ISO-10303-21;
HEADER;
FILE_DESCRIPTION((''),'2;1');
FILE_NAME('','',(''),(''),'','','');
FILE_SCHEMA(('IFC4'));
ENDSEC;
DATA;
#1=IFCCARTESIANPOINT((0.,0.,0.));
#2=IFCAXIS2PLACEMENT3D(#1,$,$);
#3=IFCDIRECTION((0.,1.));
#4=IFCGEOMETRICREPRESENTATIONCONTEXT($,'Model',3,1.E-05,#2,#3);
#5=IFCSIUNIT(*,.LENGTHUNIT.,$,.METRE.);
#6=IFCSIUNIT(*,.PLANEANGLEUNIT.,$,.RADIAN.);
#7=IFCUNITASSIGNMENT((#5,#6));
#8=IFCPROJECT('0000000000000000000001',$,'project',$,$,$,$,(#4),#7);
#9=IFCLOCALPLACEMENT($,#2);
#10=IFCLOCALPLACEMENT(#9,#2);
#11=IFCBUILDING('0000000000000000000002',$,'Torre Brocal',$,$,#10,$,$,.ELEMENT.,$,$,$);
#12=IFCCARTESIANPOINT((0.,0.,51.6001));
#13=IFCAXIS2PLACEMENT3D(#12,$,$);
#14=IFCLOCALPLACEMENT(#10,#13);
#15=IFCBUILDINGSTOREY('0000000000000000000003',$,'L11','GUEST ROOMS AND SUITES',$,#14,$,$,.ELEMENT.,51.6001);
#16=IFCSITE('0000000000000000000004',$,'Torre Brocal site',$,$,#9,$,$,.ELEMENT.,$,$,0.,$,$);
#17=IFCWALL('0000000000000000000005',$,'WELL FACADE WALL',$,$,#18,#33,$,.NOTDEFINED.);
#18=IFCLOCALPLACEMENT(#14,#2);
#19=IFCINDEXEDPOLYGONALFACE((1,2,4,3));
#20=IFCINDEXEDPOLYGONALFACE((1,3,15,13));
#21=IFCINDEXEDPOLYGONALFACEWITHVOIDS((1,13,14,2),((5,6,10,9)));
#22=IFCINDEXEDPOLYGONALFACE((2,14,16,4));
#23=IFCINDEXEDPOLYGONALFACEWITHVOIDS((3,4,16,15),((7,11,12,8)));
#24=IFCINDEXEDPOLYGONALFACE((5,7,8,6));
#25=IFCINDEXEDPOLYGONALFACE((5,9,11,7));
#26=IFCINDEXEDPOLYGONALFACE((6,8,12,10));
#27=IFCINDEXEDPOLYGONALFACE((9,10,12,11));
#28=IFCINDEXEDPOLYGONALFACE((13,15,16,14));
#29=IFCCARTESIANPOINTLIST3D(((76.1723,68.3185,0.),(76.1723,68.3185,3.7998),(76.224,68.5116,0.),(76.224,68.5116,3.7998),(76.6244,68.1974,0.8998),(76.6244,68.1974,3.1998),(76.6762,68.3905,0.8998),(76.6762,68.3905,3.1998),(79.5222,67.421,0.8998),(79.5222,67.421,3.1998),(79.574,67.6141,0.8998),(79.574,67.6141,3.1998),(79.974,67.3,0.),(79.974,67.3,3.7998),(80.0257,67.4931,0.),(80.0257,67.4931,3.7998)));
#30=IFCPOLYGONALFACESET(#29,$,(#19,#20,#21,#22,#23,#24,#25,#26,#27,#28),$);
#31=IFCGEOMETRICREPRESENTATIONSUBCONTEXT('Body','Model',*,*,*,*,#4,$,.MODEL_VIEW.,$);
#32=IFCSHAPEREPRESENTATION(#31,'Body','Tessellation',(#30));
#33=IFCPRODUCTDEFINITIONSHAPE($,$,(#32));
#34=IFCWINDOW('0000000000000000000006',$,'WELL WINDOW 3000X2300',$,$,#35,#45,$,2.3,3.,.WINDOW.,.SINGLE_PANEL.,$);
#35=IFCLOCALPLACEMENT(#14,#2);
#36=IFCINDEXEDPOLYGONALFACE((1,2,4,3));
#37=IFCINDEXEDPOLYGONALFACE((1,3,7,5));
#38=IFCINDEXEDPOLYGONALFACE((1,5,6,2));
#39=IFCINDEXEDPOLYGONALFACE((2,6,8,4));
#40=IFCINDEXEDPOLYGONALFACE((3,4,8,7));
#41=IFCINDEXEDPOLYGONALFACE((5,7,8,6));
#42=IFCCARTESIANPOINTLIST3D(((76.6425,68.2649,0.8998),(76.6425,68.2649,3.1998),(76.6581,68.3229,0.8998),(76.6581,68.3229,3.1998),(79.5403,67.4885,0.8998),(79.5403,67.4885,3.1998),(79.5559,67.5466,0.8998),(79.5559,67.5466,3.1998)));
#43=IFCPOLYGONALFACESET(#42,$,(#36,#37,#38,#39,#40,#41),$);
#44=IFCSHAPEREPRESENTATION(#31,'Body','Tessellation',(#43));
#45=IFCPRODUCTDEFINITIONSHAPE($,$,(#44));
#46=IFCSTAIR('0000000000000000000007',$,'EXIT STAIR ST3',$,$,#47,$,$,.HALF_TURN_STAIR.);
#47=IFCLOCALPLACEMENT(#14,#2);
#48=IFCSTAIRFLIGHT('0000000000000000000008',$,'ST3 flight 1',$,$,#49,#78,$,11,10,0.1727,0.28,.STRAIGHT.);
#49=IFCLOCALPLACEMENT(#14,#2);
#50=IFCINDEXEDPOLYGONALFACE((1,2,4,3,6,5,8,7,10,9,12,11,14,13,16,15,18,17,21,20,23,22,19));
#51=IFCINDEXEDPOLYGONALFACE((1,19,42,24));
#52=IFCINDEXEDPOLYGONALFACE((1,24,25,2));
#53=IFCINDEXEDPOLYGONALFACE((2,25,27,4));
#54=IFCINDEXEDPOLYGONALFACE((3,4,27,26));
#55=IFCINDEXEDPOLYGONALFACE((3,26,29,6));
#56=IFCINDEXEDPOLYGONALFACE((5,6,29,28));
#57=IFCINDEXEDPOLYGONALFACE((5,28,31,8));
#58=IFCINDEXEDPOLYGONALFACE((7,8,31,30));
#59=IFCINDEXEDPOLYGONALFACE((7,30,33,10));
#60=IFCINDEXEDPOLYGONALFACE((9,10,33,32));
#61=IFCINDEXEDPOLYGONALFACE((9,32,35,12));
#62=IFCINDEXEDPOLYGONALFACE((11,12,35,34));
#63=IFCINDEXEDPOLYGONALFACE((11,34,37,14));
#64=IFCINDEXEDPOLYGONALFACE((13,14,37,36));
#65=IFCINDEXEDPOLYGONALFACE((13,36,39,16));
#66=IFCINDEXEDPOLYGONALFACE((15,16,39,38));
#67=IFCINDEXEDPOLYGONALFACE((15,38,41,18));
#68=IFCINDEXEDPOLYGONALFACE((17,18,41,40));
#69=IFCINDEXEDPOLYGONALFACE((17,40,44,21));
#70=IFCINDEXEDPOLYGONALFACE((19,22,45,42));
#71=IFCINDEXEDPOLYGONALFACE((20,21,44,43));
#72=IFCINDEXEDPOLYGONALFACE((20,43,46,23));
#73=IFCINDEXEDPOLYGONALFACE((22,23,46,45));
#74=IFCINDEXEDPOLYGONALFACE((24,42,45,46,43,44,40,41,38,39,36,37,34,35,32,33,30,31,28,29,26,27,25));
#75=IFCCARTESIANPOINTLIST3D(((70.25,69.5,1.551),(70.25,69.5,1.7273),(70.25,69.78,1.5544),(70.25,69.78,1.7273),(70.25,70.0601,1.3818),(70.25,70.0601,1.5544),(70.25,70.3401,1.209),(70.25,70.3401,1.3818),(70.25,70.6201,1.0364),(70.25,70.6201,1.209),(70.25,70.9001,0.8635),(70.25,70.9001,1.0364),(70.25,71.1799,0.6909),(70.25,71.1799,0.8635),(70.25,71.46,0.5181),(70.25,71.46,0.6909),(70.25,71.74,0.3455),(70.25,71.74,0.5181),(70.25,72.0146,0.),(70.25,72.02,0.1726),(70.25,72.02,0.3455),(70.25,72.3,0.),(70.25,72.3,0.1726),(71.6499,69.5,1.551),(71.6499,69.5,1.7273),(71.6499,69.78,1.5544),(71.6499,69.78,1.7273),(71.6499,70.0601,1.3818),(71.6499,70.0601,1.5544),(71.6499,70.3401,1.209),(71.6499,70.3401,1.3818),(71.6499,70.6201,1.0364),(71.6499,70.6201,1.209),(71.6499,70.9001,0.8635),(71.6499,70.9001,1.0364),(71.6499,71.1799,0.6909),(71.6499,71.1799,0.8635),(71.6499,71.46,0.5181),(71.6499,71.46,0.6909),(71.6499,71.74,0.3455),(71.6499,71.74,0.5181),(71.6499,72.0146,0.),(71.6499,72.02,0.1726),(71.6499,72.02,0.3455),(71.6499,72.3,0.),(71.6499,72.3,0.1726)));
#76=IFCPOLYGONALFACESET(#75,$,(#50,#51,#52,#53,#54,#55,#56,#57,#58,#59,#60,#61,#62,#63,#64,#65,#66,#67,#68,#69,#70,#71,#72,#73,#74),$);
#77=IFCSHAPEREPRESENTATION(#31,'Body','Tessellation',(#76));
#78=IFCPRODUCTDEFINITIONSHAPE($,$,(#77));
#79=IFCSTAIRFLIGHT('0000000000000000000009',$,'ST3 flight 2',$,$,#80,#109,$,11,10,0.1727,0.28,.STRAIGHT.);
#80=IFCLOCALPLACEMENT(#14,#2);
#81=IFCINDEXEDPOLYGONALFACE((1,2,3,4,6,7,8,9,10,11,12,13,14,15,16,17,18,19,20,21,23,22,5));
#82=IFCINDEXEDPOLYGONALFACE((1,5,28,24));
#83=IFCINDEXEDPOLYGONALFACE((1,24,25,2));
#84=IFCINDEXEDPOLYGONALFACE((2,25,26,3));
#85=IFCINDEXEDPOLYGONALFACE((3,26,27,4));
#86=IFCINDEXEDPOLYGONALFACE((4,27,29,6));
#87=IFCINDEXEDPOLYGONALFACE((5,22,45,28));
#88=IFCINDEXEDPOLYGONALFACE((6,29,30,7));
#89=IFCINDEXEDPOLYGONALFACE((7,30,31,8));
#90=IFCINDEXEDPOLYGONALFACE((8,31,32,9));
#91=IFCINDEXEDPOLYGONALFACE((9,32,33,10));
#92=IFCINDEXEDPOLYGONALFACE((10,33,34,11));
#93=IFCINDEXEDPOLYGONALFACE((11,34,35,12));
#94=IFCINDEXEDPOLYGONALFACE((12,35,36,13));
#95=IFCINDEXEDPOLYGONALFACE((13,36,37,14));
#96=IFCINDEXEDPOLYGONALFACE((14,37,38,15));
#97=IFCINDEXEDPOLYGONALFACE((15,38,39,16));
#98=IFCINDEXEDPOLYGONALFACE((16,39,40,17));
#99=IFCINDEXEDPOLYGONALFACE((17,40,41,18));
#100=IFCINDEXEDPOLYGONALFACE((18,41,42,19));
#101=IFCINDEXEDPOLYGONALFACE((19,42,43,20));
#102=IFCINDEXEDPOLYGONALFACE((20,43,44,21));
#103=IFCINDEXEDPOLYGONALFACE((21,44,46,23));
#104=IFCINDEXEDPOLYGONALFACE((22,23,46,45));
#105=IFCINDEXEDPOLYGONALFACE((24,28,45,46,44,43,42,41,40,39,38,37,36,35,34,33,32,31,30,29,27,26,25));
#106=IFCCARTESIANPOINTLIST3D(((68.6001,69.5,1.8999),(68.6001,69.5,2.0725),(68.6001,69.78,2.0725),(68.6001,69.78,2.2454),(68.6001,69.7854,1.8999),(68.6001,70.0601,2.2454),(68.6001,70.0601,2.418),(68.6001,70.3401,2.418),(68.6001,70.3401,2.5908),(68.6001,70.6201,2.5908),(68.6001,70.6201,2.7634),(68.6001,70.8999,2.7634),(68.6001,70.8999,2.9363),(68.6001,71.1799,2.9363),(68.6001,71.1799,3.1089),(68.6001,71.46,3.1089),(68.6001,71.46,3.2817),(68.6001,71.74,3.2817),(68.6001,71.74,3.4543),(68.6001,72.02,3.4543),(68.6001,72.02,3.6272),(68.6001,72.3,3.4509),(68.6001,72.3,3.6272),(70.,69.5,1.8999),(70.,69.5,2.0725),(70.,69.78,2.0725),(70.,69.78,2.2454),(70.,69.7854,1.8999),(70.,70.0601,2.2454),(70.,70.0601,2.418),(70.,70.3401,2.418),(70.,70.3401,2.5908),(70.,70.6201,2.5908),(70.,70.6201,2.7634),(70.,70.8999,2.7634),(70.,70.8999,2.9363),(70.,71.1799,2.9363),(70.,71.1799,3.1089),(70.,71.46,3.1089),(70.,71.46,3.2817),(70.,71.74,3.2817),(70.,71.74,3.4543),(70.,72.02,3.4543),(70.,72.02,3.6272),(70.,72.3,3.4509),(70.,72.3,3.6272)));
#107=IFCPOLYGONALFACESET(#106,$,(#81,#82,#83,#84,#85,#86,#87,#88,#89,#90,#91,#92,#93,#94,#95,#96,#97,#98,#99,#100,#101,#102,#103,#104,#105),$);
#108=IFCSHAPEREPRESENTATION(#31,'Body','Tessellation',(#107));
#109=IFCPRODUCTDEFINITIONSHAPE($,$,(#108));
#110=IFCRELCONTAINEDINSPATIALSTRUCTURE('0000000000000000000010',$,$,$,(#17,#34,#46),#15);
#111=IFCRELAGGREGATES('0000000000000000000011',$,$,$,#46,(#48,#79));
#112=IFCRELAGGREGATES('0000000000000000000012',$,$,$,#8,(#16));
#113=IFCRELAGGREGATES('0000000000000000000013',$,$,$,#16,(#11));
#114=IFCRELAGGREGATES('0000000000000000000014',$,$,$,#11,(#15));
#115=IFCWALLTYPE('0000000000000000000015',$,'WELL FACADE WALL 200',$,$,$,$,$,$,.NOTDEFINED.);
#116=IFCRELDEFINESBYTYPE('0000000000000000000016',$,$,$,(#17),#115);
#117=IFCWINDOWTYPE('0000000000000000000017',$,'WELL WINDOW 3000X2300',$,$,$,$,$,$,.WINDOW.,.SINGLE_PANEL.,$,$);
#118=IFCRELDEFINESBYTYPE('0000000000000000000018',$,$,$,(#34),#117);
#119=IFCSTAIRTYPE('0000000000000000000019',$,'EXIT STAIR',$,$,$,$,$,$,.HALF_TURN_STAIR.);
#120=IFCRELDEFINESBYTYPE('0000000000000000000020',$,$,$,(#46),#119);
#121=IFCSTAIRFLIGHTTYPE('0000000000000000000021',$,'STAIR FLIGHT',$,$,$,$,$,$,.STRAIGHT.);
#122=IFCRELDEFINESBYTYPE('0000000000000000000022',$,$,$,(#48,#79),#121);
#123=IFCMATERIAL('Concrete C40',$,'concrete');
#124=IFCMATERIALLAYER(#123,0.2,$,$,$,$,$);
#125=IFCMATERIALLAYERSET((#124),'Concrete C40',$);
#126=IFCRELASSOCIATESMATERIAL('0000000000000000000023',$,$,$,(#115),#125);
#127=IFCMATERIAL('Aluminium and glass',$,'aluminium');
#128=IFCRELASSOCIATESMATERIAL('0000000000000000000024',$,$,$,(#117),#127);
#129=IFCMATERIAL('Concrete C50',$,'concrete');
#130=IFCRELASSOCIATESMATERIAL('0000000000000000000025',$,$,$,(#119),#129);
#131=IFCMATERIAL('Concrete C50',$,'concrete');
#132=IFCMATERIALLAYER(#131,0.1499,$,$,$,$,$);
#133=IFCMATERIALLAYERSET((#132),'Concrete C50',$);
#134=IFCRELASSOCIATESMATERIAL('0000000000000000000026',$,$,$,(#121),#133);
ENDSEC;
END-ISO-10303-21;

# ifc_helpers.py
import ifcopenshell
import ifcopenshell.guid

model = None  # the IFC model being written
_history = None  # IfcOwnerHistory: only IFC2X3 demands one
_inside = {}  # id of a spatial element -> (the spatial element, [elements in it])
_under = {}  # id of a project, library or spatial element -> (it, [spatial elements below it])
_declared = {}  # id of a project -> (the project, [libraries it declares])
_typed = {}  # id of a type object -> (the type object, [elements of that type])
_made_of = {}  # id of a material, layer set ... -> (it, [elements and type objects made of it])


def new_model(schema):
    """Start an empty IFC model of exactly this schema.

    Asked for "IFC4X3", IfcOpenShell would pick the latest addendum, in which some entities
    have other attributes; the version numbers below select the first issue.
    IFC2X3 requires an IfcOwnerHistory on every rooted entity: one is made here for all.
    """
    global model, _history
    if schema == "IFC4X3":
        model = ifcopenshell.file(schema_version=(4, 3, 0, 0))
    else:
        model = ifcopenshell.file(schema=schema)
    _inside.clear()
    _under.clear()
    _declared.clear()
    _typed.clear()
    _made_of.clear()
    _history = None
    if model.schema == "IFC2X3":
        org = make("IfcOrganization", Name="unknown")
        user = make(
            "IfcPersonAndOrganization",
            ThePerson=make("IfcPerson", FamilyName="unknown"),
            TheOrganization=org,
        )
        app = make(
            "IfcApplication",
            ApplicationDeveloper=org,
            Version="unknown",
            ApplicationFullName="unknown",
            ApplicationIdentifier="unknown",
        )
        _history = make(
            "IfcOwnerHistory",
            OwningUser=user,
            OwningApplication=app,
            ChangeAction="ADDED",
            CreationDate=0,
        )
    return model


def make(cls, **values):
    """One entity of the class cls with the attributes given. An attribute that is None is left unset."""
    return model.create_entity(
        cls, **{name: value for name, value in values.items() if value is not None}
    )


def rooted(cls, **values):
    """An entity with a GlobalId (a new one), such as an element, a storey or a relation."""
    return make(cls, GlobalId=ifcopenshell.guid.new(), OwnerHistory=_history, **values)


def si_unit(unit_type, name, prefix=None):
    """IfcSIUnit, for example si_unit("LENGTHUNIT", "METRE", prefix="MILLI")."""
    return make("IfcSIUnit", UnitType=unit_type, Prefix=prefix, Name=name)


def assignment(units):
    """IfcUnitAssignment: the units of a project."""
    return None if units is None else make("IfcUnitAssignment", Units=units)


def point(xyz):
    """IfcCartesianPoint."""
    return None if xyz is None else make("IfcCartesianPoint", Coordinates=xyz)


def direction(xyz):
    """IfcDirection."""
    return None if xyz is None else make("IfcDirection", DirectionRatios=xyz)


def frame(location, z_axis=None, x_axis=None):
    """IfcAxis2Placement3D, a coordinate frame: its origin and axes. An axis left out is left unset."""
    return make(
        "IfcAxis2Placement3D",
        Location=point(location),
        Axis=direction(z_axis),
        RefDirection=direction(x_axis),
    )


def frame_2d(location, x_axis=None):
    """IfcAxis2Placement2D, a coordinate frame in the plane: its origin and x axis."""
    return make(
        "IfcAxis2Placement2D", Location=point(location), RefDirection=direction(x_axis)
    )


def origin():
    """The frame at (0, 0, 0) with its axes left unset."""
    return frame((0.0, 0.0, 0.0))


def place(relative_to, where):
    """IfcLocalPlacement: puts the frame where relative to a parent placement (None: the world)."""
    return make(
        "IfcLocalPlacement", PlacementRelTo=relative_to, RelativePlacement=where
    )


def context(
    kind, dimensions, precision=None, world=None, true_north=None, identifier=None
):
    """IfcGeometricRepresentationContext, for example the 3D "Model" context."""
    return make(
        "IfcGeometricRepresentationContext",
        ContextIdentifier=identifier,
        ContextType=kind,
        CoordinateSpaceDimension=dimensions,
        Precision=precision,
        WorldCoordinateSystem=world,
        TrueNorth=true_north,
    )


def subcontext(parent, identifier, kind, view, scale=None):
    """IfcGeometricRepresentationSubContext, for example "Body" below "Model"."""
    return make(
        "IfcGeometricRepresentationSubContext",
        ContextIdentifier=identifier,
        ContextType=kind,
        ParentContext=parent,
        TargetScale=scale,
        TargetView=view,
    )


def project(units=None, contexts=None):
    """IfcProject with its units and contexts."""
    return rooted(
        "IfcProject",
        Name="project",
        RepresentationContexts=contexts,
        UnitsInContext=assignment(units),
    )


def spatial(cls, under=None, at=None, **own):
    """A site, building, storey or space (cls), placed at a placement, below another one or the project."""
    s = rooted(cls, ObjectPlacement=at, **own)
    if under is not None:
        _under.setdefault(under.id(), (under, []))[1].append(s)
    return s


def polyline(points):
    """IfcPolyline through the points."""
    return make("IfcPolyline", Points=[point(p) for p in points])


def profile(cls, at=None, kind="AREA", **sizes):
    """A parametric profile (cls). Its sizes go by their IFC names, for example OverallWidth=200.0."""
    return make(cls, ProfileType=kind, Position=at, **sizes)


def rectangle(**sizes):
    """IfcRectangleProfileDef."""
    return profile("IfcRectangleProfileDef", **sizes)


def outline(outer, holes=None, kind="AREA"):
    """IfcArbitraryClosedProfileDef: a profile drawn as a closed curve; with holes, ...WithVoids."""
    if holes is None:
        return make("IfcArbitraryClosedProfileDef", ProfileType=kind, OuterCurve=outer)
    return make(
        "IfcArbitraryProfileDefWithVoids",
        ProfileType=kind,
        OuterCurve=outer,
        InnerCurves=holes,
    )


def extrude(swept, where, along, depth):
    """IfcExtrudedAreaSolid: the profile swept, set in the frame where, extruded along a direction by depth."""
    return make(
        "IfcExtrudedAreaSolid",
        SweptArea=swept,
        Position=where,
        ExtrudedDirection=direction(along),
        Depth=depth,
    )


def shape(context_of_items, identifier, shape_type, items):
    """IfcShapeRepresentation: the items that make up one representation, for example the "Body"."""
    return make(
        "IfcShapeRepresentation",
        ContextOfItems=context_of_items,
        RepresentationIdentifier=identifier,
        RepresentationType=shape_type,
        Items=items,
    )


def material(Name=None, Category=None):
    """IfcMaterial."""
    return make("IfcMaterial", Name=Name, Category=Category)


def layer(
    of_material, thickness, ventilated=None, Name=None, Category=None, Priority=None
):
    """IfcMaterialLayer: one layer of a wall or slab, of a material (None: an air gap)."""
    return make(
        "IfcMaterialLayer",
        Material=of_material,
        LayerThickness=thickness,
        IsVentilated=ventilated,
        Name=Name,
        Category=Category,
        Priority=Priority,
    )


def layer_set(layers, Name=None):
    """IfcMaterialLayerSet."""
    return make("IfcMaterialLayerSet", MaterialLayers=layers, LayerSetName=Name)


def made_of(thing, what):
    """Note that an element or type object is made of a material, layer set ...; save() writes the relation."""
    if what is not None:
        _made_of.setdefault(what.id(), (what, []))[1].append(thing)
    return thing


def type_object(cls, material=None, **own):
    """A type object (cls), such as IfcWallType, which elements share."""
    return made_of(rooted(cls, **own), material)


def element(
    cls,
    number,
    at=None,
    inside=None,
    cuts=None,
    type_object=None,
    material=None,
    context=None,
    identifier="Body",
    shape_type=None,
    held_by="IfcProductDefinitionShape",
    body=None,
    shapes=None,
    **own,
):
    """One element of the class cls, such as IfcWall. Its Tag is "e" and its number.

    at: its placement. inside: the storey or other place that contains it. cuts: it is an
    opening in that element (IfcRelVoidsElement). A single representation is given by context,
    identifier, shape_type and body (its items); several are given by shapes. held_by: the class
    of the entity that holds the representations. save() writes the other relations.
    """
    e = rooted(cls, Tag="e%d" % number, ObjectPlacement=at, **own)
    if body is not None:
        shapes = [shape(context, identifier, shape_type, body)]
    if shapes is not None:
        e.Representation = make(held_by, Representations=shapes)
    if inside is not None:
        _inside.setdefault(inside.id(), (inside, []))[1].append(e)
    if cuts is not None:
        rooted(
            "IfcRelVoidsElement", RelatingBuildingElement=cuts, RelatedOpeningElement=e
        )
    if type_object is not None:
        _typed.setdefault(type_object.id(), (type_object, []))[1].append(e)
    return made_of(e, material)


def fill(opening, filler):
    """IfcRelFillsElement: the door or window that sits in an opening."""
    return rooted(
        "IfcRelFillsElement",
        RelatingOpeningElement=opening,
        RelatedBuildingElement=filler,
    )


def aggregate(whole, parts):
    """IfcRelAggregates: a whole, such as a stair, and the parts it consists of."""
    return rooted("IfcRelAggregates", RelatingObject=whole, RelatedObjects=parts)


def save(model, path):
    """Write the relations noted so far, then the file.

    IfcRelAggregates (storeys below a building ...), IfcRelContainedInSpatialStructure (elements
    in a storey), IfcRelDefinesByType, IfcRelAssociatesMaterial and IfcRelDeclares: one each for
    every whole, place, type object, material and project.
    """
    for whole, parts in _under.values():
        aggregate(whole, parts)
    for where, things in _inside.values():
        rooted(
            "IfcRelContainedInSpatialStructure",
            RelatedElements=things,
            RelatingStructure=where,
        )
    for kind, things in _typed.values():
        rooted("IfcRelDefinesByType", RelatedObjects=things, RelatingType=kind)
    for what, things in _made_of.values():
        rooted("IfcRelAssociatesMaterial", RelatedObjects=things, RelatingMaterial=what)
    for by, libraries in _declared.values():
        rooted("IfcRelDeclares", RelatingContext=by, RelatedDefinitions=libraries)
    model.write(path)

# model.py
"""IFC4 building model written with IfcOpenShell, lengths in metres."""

from ifc_helpers import new_model, si_unit, direction, frame, frame_2d, origin, place, context, subcontext, project, spatial, polyline, rectangle, outline, extrude, material, layer, layer_set, type_object, element, fill, aggregate, save


model = new_model("IFC4")

# Units and contexts
model_context = context("Model", 3, precision=1e-05, world=origin(), true_north=direction((0.0, 1.0)))
body_context = subcontext(model_context, "Body", "Model", "MODEL_VIEW")
ifc_project = project(units=[si_unit("LENGTHUNIT", "METRE"), si_unit("PLANEANGLEUNIT", "RADIAN")], contexts=[model_context])

# Site, building, storey
site_placement = place(None, origin())
site = spatial("IfcSite", under=ifc_project, at=site_placement, Name="Torre Brocal site", CompositionType="ELEMENT", RefElevation=0.0)
building_placement = place(site_placement, origin())
building = spatial("IfcBuilding", under=site, at=building_placement, Name="Torre Brocal", CompositionType="ELEMENT")
storey_placement = place(building_placement, frame((0.0, 0.0, 51.6001)))
storey = spatial("IfcBuildingStorey", under=building, at=storey_placement, Name="L11", Description="GUEST ROOMS AND SUITES", CompositionType="ELEMENT", Elevation=51.6001)

# Wall, opening, window
ifc_material_1 = material(Name="Concrete C40", Category="concrete")
ifc_layer_1 = layer(ifc_material_1, 0.2)
ifc_layer_set_1 = layer_set([ifc_layer_1], Name="Concrete C40")
wall_type_1 = type_object("IfcWallType", Name="WELL FACADE WALL 200", PredefinedType="NOTDEFINED", material=ifc_layer_set_1)
ifc_material_2 = material(Name="Aluminium and glass", Category="aluminium")
window_type = type_object("IfcWindowType", Name="WELL WINDOW 3000X2300", PartitioningType="SINGLE_PANEL", PredefinedType="WINDOW", material=ifc_material_2)
wall_1_placement = place(storey_placement, frame((76.1982, 68.415, 0.0), z_axis=(0.0, 0.0, 1.0), x_axis=(0.965934, -0.25879, 0.0)))
wall_1 = element("IfcWall", 1, at=wall_1_placement, inside=storey, type_object=wall_type_1, Name="WELL FACADE WALL", PredefinedType="NOTDEFINED", context=body_context, shape_type="SweptSolid", body=[
    extrude(rectangle(XDim=3.9358, YDim=0.2, at=frame_2d((1.9678, 0.0))), origin(), (0.0, 0.0, 1.0), 3.7998),
])
opening_1_placement = place(wall_1_placement, frame((0.468, 0.0, 0.8999)))
opening_1 = element("IfcOpeningElement", 2, at=opening_1_placement, cuts=wall_1, PredefinedType="OPENING", context=body_context, shape_type="SweptSolid", body=[
    extrude(rectangle(XDim=3.0, YDim=2.3, at=frame_2d((1.5, 1.1499))), frame((0.0, 0.1099, 0.0), z_axis=(0.0, -1.0, 0.0), x_axis=(1.0, 0.0, 0.0)), (0.0, 0.0, 1.0), 0.22),
])
window_1_placement = place(opening_1_placement, origin())
window_1 = element("IfcWindow", 3, at=window_1_placement, inside=storey, type_object=window_type, Name="WELL WINDOW 3000X2300", OverallHeight=2.3, OverallWidth=3.0, PartitioningType="SINGLE_PANEL", PredefinedType="WINDOW", context=body_context, shape_type="SweptSolid", body=[
    extrude(rectangle(XDim=3.0, YDim=2.3, at=frame_2d((1.5, 1.1499))), frame((0.0, 0.03, 0.0), z_axis=(0.0, -1.0, 0.0), x_axis=(1.0, 0.0, 0.0)), (0.0, 0.0, 1.0), 0.0601),
])
fill(opening_1, window_1)

# Stair, stair flights
ifc_material_3 = material(Name="Concrete C50", Category="concrete")
stair_type = type_object("IfcStairType", Name="EXIT STAIR", PredefinedType="HALF_TURN_STAIR", material=ifc_material_3)
stair_placement = place(storey_placement, origin())
stair = element("IfcStair", 4, at=stair_placement, inside=storey, type_object=stair_type, Name="EXIT STAIR ST3", PredefinedType="HALF_TURN_STAIR")
ifc_material_4 = material(Name="Concrete C50", Category="concrete")
ifc_layer_2 = layer(ifc_material_4, 0.1499)
ifc_layer_set_2 = layer_set([ifc_layer_2], Name="Concrete C50")
stair_flight_type = type_object("IfcStairFlightType", Name="STAIR FLIGHT", PredefinedType="STRAIGHT", material=ifc_layer_set_2)
stair_flight_1_placement = place(storey_placement, frame((70.95, 72.3, 0.0), z_axis=(0.0, 0.0, 1.0), x_axis=(0.0, -1.0, 0.0)))
stair_flight_1 = element("IfcStairFlight", 5, at=stair_flight_1_placement, type_object=stair_flight_type, Name="ST3 flight 1", NumberOfRisers=11, NumberOfTreads=10, PredefinedType="STRAIGHT", RiserHeight=0.1727, TreadLength=0.28, context=body_context, shape_type="SweptSolid", body=[
    extrude(outline(polyline([(0.0, 0.0), (0.0, 0.1726), (0.28, 0.1726), (0.28, 0.3455), (0.5601, 0.3455), (0.5601, 0.5181), (0.8401, 0.5181), (0.8401, 0.6909), (1.1201, 0.6909), (1.1201, 0.8635), (1.3999, 0.8635), (1.3999, 1.0364), (1.6799, 1.0364), (1.6799, 1.209), (1.96, 1.209), (1.96, 1.3818), (2.24, 1.3818), (2.24, 1.5544), (2.52, 1.5544), (2.52, 1.7273), (2.8, 1.7273), (2.8, 1.8999), (2.8, 1.551), (0.2854, 0.0), (0.0, 0.0)])), frame((0.0, 0.7, 0.0), z_axis=(0.0, -1.0, 0.0), x_axis=(1.0, 0.0, 0.0)), (0.0, 0.0, 1.0), 1.3999),
])
stair_flight_2_placement = place(storey_placement, frame((69.3, 69.5, 1.8999), z_axis=(0.0, 0.0, 1.0), x_axis=(0.0, 1.0, 0.0)))
stair_flight_2 = element("IfcStairFlight", 6, at=stair_flight_2_placement, type_object=stair_flight_type, Name="ST3 flight 2", NumberOfRisers=11, NumberOfTreads=10, PredefinedType="STRAIGHT", RiserHeight=0.1727, TreadLength=0.28, context=body_context, shape_type="SweptSolid", body=[
    extrude(outline(polyline([(0.0, 0.0), (0.0, 0.1726), (0.28, 0.1726), (0.28, 0.3455), (0.5601, 0.3455), (0.5601, 0.5181), (0.8401, 0.5181), (0.8401, 0.6909), (1.1201, 0.6909), (1.1201, 0.8635), (1.3999, 0.8635), (1.3999, 1.0364), (1.6799, 1.0364), (1.6799, 1.209), (1.96, 1.209), (1.96, 1.3818), (2.24, 1.3818), (2.24, 1.5544), (2.52, 1.5544), (2.52, 1.7273), (2.8, 1.7273), (2.8, 1.8999), (2.8, 1.551), (0.2854, 0.0), (0.0, 0.0)])), frame((0.0, 0.7, 0.0), z_axis=(0.0, -1.0, 0.0), x_axis=(1.0, 0.0, 0.0)), (0.0, 0.0, 1.0), 1.3999),
])
aggregate(stair, [stair_flight_1, stair_flight_2])

save(model, "model.ifc")
